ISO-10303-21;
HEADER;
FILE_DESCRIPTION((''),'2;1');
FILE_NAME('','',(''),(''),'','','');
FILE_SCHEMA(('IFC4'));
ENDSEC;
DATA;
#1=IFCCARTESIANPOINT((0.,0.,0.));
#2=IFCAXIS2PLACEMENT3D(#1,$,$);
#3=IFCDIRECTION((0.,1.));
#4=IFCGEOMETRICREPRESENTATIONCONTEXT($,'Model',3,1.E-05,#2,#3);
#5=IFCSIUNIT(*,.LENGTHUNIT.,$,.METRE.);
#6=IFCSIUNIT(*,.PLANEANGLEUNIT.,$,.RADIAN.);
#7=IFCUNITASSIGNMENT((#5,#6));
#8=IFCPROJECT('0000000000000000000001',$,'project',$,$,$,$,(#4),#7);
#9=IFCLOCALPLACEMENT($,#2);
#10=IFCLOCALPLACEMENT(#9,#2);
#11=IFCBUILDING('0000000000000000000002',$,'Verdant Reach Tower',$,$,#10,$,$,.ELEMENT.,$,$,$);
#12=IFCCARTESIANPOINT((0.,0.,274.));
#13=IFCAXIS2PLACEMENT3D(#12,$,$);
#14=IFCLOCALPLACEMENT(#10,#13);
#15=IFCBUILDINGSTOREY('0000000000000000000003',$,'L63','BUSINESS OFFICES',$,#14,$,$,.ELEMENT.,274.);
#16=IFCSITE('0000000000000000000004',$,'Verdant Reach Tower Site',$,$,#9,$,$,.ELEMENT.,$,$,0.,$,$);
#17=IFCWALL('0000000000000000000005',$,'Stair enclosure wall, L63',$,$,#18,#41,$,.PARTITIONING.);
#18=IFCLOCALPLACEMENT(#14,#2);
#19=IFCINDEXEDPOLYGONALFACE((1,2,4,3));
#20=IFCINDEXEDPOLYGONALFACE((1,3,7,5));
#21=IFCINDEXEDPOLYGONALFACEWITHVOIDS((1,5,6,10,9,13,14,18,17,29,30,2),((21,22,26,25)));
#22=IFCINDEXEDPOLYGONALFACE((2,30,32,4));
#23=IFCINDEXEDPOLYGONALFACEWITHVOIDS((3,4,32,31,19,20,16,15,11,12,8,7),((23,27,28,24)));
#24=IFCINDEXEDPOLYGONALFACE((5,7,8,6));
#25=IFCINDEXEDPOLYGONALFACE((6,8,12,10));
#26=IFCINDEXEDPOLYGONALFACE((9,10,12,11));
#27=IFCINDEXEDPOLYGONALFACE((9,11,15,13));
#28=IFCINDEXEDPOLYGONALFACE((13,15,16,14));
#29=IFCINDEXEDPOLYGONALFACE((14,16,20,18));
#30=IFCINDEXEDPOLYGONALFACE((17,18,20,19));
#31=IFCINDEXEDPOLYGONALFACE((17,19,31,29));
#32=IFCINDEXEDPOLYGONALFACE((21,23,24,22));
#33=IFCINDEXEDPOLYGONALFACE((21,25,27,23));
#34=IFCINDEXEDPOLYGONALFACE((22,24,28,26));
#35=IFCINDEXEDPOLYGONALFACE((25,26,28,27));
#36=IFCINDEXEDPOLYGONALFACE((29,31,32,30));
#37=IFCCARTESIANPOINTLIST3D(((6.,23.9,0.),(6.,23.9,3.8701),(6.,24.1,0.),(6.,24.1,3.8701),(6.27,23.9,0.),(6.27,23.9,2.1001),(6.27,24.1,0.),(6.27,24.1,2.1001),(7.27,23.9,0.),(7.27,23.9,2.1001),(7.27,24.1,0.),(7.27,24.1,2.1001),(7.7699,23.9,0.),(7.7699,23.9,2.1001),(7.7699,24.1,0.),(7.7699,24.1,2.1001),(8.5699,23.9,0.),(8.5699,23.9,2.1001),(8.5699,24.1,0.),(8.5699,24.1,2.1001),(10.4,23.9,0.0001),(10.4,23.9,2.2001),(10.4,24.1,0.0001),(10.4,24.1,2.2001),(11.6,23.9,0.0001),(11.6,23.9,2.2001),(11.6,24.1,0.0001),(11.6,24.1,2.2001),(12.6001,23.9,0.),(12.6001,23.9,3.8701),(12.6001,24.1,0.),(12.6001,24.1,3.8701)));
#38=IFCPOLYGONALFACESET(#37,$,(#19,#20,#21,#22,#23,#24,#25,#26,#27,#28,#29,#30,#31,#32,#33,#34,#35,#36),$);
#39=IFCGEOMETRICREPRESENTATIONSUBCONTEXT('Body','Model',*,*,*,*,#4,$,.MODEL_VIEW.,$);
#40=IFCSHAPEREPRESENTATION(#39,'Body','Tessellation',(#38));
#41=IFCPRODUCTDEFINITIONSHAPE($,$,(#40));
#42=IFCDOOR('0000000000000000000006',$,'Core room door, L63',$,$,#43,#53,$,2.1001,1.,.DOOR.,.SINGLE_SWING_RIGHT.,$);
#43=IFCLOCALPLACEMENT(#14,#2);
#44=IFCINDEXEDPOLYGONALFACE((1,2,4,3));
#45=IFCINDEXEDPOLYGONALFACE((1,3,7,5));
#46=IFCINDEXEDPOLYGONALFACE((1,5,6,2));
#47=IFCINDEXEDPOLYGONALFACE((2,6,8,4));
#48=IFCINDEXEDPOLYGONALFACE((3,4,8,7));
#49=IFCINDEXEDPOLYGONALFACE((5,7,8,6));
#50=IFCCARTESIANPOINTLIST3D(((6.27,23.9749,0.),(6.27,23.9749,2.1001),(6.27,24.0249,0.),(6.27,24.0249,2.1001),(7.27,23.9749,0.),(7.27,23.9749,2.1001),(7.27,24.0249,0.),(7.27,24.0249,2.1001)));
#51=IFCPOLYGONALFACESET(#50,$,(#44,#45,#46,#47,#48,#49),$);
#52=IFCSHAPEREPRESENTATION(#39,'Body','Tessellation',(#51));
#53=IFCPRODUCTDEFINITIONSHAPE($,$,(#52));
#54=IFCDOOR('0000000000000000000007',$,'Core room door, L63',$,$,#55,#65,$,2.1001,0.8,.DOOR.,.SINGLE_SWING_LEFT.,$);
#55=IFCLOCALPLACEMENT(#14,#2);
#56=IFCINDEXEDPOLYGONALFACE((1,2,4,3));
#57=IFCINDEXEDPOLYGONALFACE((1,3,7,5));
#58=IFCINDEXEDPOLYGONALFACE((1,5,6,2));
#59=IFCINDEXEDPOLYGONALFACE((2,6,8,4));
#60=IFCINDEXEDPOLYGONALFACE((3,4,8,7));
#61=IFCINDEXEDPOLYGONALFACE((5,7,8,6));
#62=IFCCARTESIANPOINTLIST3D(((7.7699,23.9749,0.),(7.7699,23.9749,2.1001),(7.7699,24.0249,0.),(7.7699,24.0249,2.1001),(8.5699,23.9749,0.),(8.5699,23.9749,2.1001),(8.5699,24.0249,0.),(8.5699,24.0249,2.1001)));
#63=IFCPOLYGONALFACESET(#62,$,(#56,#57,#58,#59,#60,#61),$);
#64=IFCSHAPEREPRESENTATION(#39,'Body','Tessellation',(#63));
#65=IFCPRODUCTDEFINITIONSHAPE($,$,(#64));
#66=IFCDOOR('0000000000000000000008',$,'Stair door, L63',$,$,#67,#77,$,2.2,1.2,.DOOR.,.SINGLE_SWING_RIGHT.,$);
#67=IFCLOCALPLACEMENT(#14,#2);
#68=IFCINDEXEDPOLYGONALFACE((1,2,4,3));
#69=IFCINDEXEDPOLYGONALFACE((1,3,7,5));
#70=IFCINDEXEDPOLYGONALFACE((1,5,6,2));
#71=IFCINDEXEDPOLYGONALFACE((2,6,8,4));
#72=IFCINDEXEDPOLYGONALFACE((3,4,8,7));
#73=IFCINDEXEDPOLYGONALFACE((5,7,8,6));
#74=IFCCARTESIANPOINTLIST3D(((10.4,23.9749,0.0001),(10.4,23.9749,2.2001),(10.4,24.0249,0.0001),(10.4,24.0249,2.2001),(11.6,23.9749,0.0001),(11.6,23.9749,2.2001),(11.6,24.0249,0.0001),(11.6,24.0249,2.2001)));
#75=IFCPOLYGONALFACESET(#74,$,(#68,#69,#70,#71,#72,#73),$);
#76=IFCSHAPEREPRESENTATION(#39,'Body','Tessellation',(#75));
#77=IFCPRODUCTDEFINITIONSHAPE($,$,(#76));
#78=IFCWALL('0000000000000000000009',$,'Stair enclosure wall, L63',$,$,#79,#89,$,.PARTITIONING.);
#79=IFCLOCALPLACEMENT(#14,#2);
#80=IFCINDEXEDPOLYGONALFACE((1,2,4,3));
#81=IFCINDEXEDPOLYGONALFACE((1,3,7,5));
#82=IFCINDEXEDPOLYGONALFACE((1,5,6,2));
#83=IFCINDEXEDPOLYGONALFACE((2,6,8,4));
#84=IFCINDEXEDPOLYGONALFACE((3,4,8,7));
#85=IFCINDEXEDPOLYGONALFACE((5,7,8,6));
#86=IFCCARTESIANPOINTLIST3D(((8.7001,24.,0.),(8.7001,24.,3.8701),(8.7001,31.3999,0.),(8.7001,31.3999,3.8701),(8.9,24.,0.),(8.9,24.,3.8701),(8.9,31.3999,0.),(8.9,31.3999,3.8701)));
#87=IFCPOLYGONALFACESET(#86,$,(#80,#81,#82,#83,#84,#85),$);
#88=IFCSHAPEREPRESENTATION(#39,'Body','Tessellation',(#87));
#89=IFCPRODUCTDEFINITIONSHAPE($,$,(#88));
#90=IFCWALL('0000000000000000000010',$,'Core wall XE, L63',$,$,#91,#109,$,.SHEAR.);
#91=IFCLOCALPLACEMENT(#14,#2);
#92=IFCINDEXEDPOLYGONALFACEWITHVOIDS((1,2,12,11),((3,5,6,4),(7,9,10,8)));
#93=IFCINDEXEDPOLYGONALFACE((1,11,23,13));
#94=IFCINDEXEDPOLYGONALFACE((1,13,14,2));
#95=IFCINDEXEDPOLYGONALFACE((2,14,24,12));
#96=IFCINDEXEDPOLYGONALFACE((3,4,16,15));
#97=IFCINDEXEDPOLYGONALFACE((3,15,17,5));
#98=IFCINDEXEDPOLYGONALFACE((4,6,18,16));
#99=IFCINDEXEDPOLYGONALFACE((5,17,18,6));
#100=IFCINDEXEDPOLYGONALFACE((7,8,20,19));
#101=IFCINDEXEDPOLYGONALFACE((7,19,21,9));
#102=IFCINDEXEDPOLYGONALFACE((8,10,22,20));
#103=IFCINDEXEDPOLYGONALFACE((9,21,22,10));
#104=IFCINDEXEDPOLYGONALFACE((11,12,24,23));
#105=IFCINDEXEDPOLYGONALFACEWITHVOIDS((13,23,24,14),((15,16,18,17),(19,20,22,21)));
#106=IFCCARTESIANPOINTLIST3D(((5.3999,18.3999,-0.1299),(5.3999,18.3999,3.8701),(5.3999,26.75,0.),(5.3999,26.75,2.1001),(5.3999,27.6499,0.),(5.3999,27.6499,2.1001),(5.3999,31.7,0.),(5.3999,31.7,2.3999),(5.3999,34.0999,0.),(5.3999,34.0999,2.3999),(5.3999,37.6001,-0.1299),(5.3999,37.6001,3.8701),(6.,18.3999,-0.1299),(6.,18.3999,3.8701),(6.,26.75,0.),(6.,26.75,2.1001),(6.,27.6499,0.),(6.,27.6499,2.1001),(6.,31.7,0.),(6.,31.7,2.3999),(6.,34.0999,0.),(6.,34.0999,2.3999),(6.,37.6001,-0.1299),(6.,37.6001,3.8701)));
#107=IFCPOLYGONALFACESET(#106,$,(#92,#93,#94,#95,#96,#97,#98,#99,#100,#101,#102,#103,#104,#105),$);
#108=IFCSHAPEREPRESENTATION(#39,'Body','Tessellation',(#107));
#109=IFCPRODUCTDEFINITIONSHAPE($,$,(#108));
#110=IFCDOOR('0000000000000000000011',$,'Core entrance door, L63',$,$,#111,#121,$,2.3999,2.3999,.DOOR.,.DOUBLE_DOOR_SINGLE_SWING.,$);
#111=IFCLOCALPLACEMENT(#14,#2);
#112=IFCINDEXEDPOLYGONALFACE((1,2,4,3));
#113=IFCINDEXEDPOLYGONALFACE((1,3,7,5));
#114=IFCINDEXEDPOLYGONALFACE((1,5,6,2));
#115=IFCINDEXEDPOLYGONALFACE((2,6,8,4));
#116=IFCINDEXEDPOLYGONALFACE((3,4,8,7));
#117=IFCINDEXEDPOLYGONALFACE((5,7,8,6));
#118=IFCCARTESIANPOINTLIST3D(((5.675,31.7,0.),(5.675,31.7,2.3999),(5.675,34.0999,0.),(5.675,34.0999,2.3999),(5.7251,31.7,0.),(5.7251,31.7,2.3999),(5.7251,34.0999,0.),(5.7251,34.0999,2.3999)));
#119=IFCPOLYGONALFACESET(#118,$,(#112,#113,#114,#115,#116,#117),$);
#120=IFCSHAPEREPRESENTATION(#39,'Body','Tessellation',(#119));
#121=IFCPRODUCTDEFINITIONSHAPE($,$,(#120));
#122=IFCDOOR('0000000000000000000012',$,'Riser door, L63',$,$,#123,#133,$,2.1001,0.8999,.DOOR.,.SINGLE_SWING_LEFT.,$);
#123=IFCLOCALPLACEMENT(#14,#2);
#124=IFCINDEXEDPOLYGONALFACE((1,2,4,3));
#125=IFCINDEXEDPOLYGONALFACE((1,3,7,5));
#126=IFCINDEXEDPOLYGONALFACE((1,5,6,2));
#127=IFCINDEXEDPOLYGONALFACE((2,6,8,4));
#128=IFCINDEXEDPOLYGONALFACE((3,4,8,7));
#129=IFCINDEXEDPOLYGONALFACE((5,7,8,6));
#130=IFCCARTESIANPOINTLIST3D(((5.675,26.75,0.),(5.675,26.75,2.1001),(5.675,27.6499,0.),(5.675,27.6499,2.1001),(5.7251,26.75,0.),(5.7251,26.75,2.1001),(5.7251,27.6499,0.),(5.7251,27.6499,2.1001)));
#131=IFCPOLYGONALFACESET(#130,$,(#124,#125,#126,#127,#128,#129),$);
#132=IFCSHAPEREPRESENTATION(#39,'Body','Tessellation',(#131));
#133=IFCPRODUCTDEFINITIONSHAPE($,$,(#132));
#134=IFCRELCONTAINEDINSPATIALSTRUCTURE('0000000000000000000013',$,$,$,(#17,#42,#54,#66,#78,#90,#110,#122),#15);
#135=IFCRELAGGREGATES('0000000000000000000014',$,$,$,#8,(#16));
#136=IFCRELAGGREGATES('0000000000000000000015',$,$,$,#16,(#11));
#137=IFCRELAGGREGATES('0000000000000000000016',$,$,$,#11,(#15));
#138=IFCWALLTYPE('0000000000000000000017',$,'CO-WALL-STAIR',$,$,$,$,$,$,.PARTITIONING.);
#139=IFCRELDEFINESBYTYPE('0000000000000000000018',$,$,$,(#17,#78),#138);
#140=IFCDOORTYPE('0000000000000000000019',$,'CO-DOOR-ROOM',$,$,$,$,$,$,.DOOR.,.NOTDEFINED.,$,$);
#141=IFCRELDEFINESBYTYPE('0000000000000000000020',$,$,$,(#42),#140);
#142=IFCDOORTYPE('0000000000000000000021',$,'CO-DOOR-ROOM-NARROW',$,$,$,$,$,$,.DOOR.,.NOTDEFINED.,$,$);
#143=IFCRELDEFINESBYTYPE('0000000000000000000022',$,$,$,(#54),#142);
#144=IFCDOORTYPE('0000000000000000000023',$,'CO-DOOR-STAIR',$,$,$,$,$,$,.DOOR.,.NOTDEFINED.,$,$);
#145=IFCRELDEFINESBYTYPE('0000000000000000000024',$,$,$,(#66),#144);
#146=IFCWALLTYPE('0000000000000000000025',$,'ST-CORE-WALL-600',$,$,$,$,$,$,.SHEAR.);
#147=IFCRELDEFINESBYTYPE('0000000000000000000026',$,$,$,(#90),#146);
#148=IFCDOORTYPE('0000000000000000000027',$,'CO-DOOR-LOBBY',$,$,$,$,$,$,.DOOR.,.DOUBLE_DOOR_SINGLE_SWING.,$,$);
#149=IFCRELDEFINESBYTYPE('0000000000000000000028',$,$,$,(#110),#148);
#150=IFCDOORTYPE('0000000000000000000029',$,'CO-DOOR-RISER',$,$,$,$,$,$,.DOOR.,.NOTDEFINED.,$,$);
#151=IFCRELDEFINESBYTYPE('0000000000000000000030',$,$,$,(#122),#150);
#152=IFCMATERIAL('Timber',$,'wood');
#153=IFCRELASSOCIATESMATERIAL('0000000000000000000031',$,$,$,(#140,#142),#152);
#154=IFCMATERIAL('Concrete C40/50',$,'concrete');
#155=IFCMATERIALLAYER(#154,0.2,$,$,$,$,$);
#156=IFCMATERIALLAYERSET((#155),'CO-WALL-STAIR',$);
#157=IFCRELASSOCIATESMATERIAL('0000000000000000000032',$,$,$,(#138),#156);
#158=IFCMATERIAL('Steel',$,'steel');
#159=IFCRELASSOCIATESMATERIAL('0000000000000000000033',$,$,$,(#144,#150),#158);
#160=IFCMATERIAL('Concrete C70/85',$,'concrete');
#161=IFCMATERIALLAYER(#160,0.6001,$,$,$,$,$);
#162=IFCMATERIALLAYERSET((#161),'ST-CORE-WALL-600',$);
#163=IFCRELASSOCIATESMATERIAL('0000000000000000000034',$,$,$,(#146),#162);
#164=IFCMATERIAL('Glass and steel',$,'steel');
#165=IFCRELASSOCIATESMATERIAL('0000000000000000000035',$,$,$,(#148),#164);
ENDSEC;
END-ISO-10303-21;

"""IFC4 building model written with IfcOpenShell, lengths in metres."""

from ifc_helpers import new_model, si_unit, direction, frame, frame_2d, origin, place, context, subcontext, project, spatial, rectangle, extrude, material, layer, layer_set, type_object, element, fill, save


model = new_model("IFC4")

# Units and contexts
model_context = context("Model", 3, precision=1e-05, world=origin(), true_north=direction((0.0, 1.0)))
body_context = subcontext(model_context, "Body", "Model", "MODEL_VIEW")
ifc_project = project(units=[si_unit("LENGTHUNIT", "METRE"), si_unit("PLANEANGLEUNIT", "RADIAN")], contexts=[model_context])

# Site, building, storey
site_placement = place(None, origin())
site = spatial("IfcSite", under=ifc_project, at=site_placement, Name="Verdant Reach Tower Site", CompositionType="ELEMENT", RefElevation=0.0)
building_placement = place(site_placement, origin())
building = spatial("IfcBuilding", under=site, at=building_placement, Name="Verdant Reach Tower", CompositionType="ELEMENT")
storey_placement = place(building_placement, frame((0.0, 0.0, 274.0)))
storey = spatial("IfcBuildingStorey", under=building, at=storey_placement, Name="L63", Description="BUSINESS OFFICES", CompositionType="ELEMENT", Elevation=274.0)

# Shared definitions
ifc_material_1 = material(Name="Timber", Category="wood")
door_type_1 = type_object("IfcDoorType", Name="CO-DOOR-ROOM", OperationType="NOTDEFINED", PredefinedType="DOOR", material=ifc_material_1)

# Shared definitions
ifc_material_2 = material(Name="Concrete C40/50", Category="concrete")

# Wall, openings, doors
ifc_layer_1 = layer(ifc_material_2, 0.2)
ifc_layer_set_1 = layer_set([ifc_layer_1], Name="CO-WALL-STAIR")
wall_type_1 = type_object("IfcWallType", Name="CO-WALL-STAIR", PredefinedType="PARTITIONING", material=ifc_layer_set_1)
wall_1_placement = place(storey_placement, frame((6.0, 24.0, 0.0), z_axis=(0.0, 0.0, 1.0), x_axis=(1.0, 0.0, 0.0)))
wall_1 = element("IfcWall", 1, at=wall_1_placement, inside=storey, type_object=wall_type_1, Name="Stair enclosure wall, L63", PredefinedType="PARTITIONING", context=body_context, shape_type="SweptSolid", body=[
    extrude(rectangle(XDim=6.6001, YDim=0.2, at=frame_2d((3.3, 0.0))), origin(), (0.0, 0.0, 1.0), 3.8701),
])
opening_1_placement = place(wall_1_placement, frame((0.27, 0.0, 0.0)))
opening_1 = element("IfcOpeningElement", 2, at=opening_1_placement, cuts=wall_1, PredefinedType="OPENING", context=body_context, shape_type="SweptSolid", body=[
    extrude(rectangle(XDim=1.0, YDim=2.1001, at=frame_2d((0.5, 1.05))), frame((0.0, 0.1099, 0.0), z_axis=(0.0, -1.0, 0.0), x_axis=(1.0, 0.0, 0.0)), (0.0, 0.0, 1.0), 0.22),
])
opening_2_placement = place(wall_1_placement, frame((1.77, 0.0, 0.0)))
opening_2 = element("IfcOpeningElement", 3, at=opening_2_placement, cuts=wall_1, PredefinedType="OPENING", context=body_context, shape_type="SweptSolid", body=[
    extrude(rectangle(XDim=0.8, YDim=2.1001, at=frame_2d((0.3999, 1.05))), frame((0.0, 0.1099, 0.0), z_axis=(0.0, -1.0, 0.0), x_axis=(1.0, 0.0, 0.0)), (0.0, 0.0, 1.0), 0.22),
])
opening_3_placement = place(wall_1_placement, frame((4.3999, 0.0, 0.0)))
opening_3 = element("IfcOpeningElement", 4, at=opening_3_placement, cuts=wall_1, PredefinedType="OPENING", context=body_context, shape_type="SweptSolid", body=[
    extrude(rectangle(XDim=1.2, YDim=2.2, at=frame_2d((0.6001, 1.1001))), frame((0.0, 0.1099, 0.0), z_axis=(0.0, -1.0, 0.0), x_axis=(1.0, 0.0, 0.0)), (0.0, 0.0, 1.0), 0.22),
])
door_1_placement = place(opening_1_placement, origin())
door_1 = element("IfcDoor", 5, at=door_1_placement, inside=storey, type_object=door_type_1, Name="Core room door, L63", OperationType="SINGLE_SWING_RIGHT", OverallHeight=2.1001, OverallWidth=1.0, PredefinedType="DOOR", context=body_context, shape_type="SweptSolid", body=[
    extrude(rectangle(XDim=1.0, YDim=2.1001, at=frame_2d((0.5, 1.05))), frame((0.0, 0.0249, 0.0), z_axis=(0.0, -1.0, 0.0), x_axis=(1.0, 0.0, 0.0)), (0.0, 0.0, 1.0), 0.05),
])
fill(opening_1, door_1)
door_type_2 = type_object("IfcDoorType", Name="CO-DOOR-ROOM-NARROW", OperationType="NOTDEFINED", PredefinedType="DOOR", material=ifc_material_1)
door_2_placement = place(opening_2_placement, origin())
door_2 = element("IfcDoor", 6, at=door_2_placement, inside=storey, type_object=door_type_2, Name="Core room door, L63", OperationType="SINGLE_SWING_LEFT", OverallHeight=2.1001, OverallWidth=0.8, PredefinedType="DOOR", context=body_context, shape_type="SweptSolid", body=[
    extrude(rectangle(XDim=0.8, YDim=2.1001, at=frame_2d((0.3999, 1.05))), frame((0.0, 0.0249, 0.0), z_axis=(0.0, -1.0, 0.0), x_axis=(1.0, 0.0, 0.0)), (0.0, 0.0, 1.0), 0.05),
])
fill(opening_2, door_2)
ifc_material_3 = material(Name="Steel", Category="steel")
door_type_3 = type_object("IfcDoorType", Name="CO-DOOR-STAIR", OperationType="NOTDEFINED", PredefinedType="DOOR", material=ifc_material_3)
door_3_placement = place(opening_3_placement, origin())
door_3 = element("IfcDoor", 7, at=door_3_placement, inside=storey, type_object=door_type_3, Name="Stair door, L63", OperationType="SINGLE_SWING_RIGHT", OverallHeight=2.2, OverallWidth=1.2, PredefinedType="DOOR", context=body_context, shape_type="SweptSolid", body=[
    extrude(rectangle(XDim=1.2, YDim=2.2, at=frame_2d((0.6001, 1.1001))), frame((0.0, 0.0249, 0.0), z_axis=(0.0, -1.0, 0.0), x_axis=(1.0, 0.0, 0.0)), (0.0, 0.0, 1.0), 0.05),
])
fill(opening_3, door_3)

# Wall
wall_2_placement = place(storey_placement, frame((8.8, 24.0, 0.0), z_axis=(0.0, 0.0, 1.0), x_axis=(0.0, 1.0, 0.0)))
element("IfcWall", 8, at=wall_2_placement, inside=storey, type_object=wall_type_1, Name="Stair enclosure wall, L63", PredefinedType="PARTITIONING", context=body_context, shape_type="SweptSolid", body=[
    extrude(rectangle(XDim=7.3999, YDim=0.2, at=frame_2d((3.7, 0.0))), origin(), (0.0, 0.0, 1.0), 3.8701),
])

# Wall, openings, doors
ifc_material_4 = material(Name="Concrete C70/85", Category="concrete")
ifc_layer_2 = layer(ifc_material_4, 0.6001)
ifc_layer_set_2 = layer_set([ifc_layer_2], Name="ST-CORE-WALL-600")
wall_type_2 = type_object("IfcWallType", Name="ST-CORE-WALL-600", PredefinedType="SHEAR", material=ifc_layer_set_2)
wall_3_placement = place(storey_placement, frame((5.7, 18.3999, -0.1299), z_axis=(0.0, 0.0, 1.0), x_axis=(0.0, 1.0, 0.0)))
wall_3 = element("IfcWall", 9, at=wall_3_placement, inside=storey, type_object=wall_type_2, Name="Core wall XE, L63", PredefinedType="SHEAR", context=body_context, shape_type="SweptSolid", body=[
    extrude(rectangle(XDim=19.2002, YDim=0.6001, at=frame_2d((9.6001, 0.0))), origin(), (0.0, 0.0, 1.0), 4.0),
])
opening_4_placement = place(wall_3_placement, frame((8.3501, 0.0, 0.1299)))
opening_4 = element("IfcOpeningElement", 10, at=opening_4_placement, cuts=wall_3, PredefinedType="OPENING", context=body_context, shape_type="SweptSolid", body=[
    extrude(rectangle(XDim=0.8999, YDim=2.1001, at=frame_2d((0.45, 1.05))), frame((0.0, 0.3101, 0.0), z_axis=(0.0, -1.0, 0.0), x_axis=(1.0, 0.0, 0.0)), (0.0, 0.0, 1.0), 0.6201),
])
opening_5_placement = place(wall_3_placement, frame((13.3, 0.0, 0.1299)))
opening_5 = element("IfcOpeningElement", 11, at=opening_5_placement, cuts=wall_3, PredefinedType="OPENING", context=body_context, shape_type="SweptSolid", body=[
    extrude(rectangle(XDim=2.3999, YDim=2.3999, at=frame_2d((1.2, 1.2))), frame((0.0, 0.3101, 0.0), z_axis=(0.0, -1.0, 0.0), x_axis=(1.0, 0.0, 0.0)), (0.0, 0.0, 1.0), 0.6201),
])
ifc_material_5 = material(Name="Glass and steel", Category="steel")
door_type_4 = type_object("IfcDoorType", Name="CO-DOOR-LOBBY", OperationType="DOUBLE_DOOR_SINGLE_SWING", PredefinedType="DOOR", material=ifc_material_5)
door_4_placement = place(opening_5_placement, origin())
door_4 = element("IfcDoor", 12, at=door_4_placement, inside=storey, type_object=door_type_4, Name="Core entrance door, L63", OperationType="DOUBLE_DOOR_SINGLE_SWING", OverallHeight=2.3999, OverallWidth=2.3999, PredefinedType="DOOR", context=body_context, shape_type="SweptSolid", body=[
    extrude(rectangle(XDim=2.3999, YDim=2.3999, at=frame_2d((1.2, 1.2))), frame((0.0, 0.0249, 0.0), z_axis=(0.0, -1.0, 0.0), x_axis=(1.0, 0.0, 0.0)), (0.0, 0.0, 1.0), 0.05),
])
fill(opening_5, door_4)
door_type_5 = type_object("IfcDoorType", Name="CO-DOOR-RISER", OperationType="NOTDEFINED", PredefinedType="DOOR", material=ifc_material_3)
door_5_placement = place(opening_4_placement, origin())
door_5 = element("IfcDoor", 13, at=door_5_placement, inside=storey, type_object=door_type_5, Name="Riser door, L63", OperationType="SINGLE_SWING_LEFT", OverallHeight=2.1001, OverallWidth=0.8999, PredefinedType="DOOR", context=body_context, shape_type="SweptSolid", body=[
    extrude(rectangle(XDim=0.8999, YDim=2.1001, at=frame_2d((0.45, 1.05))), frame((0.0, 0.0249, 0.0), z_axis=(0.0, -1.0, 0.0), x_axis=(1.0, 0.0, 0.0)), (0.0, 0.0, 1.0), 0.05),
])
fill(opening_4, door_5)

save(model, "model.ifc")
